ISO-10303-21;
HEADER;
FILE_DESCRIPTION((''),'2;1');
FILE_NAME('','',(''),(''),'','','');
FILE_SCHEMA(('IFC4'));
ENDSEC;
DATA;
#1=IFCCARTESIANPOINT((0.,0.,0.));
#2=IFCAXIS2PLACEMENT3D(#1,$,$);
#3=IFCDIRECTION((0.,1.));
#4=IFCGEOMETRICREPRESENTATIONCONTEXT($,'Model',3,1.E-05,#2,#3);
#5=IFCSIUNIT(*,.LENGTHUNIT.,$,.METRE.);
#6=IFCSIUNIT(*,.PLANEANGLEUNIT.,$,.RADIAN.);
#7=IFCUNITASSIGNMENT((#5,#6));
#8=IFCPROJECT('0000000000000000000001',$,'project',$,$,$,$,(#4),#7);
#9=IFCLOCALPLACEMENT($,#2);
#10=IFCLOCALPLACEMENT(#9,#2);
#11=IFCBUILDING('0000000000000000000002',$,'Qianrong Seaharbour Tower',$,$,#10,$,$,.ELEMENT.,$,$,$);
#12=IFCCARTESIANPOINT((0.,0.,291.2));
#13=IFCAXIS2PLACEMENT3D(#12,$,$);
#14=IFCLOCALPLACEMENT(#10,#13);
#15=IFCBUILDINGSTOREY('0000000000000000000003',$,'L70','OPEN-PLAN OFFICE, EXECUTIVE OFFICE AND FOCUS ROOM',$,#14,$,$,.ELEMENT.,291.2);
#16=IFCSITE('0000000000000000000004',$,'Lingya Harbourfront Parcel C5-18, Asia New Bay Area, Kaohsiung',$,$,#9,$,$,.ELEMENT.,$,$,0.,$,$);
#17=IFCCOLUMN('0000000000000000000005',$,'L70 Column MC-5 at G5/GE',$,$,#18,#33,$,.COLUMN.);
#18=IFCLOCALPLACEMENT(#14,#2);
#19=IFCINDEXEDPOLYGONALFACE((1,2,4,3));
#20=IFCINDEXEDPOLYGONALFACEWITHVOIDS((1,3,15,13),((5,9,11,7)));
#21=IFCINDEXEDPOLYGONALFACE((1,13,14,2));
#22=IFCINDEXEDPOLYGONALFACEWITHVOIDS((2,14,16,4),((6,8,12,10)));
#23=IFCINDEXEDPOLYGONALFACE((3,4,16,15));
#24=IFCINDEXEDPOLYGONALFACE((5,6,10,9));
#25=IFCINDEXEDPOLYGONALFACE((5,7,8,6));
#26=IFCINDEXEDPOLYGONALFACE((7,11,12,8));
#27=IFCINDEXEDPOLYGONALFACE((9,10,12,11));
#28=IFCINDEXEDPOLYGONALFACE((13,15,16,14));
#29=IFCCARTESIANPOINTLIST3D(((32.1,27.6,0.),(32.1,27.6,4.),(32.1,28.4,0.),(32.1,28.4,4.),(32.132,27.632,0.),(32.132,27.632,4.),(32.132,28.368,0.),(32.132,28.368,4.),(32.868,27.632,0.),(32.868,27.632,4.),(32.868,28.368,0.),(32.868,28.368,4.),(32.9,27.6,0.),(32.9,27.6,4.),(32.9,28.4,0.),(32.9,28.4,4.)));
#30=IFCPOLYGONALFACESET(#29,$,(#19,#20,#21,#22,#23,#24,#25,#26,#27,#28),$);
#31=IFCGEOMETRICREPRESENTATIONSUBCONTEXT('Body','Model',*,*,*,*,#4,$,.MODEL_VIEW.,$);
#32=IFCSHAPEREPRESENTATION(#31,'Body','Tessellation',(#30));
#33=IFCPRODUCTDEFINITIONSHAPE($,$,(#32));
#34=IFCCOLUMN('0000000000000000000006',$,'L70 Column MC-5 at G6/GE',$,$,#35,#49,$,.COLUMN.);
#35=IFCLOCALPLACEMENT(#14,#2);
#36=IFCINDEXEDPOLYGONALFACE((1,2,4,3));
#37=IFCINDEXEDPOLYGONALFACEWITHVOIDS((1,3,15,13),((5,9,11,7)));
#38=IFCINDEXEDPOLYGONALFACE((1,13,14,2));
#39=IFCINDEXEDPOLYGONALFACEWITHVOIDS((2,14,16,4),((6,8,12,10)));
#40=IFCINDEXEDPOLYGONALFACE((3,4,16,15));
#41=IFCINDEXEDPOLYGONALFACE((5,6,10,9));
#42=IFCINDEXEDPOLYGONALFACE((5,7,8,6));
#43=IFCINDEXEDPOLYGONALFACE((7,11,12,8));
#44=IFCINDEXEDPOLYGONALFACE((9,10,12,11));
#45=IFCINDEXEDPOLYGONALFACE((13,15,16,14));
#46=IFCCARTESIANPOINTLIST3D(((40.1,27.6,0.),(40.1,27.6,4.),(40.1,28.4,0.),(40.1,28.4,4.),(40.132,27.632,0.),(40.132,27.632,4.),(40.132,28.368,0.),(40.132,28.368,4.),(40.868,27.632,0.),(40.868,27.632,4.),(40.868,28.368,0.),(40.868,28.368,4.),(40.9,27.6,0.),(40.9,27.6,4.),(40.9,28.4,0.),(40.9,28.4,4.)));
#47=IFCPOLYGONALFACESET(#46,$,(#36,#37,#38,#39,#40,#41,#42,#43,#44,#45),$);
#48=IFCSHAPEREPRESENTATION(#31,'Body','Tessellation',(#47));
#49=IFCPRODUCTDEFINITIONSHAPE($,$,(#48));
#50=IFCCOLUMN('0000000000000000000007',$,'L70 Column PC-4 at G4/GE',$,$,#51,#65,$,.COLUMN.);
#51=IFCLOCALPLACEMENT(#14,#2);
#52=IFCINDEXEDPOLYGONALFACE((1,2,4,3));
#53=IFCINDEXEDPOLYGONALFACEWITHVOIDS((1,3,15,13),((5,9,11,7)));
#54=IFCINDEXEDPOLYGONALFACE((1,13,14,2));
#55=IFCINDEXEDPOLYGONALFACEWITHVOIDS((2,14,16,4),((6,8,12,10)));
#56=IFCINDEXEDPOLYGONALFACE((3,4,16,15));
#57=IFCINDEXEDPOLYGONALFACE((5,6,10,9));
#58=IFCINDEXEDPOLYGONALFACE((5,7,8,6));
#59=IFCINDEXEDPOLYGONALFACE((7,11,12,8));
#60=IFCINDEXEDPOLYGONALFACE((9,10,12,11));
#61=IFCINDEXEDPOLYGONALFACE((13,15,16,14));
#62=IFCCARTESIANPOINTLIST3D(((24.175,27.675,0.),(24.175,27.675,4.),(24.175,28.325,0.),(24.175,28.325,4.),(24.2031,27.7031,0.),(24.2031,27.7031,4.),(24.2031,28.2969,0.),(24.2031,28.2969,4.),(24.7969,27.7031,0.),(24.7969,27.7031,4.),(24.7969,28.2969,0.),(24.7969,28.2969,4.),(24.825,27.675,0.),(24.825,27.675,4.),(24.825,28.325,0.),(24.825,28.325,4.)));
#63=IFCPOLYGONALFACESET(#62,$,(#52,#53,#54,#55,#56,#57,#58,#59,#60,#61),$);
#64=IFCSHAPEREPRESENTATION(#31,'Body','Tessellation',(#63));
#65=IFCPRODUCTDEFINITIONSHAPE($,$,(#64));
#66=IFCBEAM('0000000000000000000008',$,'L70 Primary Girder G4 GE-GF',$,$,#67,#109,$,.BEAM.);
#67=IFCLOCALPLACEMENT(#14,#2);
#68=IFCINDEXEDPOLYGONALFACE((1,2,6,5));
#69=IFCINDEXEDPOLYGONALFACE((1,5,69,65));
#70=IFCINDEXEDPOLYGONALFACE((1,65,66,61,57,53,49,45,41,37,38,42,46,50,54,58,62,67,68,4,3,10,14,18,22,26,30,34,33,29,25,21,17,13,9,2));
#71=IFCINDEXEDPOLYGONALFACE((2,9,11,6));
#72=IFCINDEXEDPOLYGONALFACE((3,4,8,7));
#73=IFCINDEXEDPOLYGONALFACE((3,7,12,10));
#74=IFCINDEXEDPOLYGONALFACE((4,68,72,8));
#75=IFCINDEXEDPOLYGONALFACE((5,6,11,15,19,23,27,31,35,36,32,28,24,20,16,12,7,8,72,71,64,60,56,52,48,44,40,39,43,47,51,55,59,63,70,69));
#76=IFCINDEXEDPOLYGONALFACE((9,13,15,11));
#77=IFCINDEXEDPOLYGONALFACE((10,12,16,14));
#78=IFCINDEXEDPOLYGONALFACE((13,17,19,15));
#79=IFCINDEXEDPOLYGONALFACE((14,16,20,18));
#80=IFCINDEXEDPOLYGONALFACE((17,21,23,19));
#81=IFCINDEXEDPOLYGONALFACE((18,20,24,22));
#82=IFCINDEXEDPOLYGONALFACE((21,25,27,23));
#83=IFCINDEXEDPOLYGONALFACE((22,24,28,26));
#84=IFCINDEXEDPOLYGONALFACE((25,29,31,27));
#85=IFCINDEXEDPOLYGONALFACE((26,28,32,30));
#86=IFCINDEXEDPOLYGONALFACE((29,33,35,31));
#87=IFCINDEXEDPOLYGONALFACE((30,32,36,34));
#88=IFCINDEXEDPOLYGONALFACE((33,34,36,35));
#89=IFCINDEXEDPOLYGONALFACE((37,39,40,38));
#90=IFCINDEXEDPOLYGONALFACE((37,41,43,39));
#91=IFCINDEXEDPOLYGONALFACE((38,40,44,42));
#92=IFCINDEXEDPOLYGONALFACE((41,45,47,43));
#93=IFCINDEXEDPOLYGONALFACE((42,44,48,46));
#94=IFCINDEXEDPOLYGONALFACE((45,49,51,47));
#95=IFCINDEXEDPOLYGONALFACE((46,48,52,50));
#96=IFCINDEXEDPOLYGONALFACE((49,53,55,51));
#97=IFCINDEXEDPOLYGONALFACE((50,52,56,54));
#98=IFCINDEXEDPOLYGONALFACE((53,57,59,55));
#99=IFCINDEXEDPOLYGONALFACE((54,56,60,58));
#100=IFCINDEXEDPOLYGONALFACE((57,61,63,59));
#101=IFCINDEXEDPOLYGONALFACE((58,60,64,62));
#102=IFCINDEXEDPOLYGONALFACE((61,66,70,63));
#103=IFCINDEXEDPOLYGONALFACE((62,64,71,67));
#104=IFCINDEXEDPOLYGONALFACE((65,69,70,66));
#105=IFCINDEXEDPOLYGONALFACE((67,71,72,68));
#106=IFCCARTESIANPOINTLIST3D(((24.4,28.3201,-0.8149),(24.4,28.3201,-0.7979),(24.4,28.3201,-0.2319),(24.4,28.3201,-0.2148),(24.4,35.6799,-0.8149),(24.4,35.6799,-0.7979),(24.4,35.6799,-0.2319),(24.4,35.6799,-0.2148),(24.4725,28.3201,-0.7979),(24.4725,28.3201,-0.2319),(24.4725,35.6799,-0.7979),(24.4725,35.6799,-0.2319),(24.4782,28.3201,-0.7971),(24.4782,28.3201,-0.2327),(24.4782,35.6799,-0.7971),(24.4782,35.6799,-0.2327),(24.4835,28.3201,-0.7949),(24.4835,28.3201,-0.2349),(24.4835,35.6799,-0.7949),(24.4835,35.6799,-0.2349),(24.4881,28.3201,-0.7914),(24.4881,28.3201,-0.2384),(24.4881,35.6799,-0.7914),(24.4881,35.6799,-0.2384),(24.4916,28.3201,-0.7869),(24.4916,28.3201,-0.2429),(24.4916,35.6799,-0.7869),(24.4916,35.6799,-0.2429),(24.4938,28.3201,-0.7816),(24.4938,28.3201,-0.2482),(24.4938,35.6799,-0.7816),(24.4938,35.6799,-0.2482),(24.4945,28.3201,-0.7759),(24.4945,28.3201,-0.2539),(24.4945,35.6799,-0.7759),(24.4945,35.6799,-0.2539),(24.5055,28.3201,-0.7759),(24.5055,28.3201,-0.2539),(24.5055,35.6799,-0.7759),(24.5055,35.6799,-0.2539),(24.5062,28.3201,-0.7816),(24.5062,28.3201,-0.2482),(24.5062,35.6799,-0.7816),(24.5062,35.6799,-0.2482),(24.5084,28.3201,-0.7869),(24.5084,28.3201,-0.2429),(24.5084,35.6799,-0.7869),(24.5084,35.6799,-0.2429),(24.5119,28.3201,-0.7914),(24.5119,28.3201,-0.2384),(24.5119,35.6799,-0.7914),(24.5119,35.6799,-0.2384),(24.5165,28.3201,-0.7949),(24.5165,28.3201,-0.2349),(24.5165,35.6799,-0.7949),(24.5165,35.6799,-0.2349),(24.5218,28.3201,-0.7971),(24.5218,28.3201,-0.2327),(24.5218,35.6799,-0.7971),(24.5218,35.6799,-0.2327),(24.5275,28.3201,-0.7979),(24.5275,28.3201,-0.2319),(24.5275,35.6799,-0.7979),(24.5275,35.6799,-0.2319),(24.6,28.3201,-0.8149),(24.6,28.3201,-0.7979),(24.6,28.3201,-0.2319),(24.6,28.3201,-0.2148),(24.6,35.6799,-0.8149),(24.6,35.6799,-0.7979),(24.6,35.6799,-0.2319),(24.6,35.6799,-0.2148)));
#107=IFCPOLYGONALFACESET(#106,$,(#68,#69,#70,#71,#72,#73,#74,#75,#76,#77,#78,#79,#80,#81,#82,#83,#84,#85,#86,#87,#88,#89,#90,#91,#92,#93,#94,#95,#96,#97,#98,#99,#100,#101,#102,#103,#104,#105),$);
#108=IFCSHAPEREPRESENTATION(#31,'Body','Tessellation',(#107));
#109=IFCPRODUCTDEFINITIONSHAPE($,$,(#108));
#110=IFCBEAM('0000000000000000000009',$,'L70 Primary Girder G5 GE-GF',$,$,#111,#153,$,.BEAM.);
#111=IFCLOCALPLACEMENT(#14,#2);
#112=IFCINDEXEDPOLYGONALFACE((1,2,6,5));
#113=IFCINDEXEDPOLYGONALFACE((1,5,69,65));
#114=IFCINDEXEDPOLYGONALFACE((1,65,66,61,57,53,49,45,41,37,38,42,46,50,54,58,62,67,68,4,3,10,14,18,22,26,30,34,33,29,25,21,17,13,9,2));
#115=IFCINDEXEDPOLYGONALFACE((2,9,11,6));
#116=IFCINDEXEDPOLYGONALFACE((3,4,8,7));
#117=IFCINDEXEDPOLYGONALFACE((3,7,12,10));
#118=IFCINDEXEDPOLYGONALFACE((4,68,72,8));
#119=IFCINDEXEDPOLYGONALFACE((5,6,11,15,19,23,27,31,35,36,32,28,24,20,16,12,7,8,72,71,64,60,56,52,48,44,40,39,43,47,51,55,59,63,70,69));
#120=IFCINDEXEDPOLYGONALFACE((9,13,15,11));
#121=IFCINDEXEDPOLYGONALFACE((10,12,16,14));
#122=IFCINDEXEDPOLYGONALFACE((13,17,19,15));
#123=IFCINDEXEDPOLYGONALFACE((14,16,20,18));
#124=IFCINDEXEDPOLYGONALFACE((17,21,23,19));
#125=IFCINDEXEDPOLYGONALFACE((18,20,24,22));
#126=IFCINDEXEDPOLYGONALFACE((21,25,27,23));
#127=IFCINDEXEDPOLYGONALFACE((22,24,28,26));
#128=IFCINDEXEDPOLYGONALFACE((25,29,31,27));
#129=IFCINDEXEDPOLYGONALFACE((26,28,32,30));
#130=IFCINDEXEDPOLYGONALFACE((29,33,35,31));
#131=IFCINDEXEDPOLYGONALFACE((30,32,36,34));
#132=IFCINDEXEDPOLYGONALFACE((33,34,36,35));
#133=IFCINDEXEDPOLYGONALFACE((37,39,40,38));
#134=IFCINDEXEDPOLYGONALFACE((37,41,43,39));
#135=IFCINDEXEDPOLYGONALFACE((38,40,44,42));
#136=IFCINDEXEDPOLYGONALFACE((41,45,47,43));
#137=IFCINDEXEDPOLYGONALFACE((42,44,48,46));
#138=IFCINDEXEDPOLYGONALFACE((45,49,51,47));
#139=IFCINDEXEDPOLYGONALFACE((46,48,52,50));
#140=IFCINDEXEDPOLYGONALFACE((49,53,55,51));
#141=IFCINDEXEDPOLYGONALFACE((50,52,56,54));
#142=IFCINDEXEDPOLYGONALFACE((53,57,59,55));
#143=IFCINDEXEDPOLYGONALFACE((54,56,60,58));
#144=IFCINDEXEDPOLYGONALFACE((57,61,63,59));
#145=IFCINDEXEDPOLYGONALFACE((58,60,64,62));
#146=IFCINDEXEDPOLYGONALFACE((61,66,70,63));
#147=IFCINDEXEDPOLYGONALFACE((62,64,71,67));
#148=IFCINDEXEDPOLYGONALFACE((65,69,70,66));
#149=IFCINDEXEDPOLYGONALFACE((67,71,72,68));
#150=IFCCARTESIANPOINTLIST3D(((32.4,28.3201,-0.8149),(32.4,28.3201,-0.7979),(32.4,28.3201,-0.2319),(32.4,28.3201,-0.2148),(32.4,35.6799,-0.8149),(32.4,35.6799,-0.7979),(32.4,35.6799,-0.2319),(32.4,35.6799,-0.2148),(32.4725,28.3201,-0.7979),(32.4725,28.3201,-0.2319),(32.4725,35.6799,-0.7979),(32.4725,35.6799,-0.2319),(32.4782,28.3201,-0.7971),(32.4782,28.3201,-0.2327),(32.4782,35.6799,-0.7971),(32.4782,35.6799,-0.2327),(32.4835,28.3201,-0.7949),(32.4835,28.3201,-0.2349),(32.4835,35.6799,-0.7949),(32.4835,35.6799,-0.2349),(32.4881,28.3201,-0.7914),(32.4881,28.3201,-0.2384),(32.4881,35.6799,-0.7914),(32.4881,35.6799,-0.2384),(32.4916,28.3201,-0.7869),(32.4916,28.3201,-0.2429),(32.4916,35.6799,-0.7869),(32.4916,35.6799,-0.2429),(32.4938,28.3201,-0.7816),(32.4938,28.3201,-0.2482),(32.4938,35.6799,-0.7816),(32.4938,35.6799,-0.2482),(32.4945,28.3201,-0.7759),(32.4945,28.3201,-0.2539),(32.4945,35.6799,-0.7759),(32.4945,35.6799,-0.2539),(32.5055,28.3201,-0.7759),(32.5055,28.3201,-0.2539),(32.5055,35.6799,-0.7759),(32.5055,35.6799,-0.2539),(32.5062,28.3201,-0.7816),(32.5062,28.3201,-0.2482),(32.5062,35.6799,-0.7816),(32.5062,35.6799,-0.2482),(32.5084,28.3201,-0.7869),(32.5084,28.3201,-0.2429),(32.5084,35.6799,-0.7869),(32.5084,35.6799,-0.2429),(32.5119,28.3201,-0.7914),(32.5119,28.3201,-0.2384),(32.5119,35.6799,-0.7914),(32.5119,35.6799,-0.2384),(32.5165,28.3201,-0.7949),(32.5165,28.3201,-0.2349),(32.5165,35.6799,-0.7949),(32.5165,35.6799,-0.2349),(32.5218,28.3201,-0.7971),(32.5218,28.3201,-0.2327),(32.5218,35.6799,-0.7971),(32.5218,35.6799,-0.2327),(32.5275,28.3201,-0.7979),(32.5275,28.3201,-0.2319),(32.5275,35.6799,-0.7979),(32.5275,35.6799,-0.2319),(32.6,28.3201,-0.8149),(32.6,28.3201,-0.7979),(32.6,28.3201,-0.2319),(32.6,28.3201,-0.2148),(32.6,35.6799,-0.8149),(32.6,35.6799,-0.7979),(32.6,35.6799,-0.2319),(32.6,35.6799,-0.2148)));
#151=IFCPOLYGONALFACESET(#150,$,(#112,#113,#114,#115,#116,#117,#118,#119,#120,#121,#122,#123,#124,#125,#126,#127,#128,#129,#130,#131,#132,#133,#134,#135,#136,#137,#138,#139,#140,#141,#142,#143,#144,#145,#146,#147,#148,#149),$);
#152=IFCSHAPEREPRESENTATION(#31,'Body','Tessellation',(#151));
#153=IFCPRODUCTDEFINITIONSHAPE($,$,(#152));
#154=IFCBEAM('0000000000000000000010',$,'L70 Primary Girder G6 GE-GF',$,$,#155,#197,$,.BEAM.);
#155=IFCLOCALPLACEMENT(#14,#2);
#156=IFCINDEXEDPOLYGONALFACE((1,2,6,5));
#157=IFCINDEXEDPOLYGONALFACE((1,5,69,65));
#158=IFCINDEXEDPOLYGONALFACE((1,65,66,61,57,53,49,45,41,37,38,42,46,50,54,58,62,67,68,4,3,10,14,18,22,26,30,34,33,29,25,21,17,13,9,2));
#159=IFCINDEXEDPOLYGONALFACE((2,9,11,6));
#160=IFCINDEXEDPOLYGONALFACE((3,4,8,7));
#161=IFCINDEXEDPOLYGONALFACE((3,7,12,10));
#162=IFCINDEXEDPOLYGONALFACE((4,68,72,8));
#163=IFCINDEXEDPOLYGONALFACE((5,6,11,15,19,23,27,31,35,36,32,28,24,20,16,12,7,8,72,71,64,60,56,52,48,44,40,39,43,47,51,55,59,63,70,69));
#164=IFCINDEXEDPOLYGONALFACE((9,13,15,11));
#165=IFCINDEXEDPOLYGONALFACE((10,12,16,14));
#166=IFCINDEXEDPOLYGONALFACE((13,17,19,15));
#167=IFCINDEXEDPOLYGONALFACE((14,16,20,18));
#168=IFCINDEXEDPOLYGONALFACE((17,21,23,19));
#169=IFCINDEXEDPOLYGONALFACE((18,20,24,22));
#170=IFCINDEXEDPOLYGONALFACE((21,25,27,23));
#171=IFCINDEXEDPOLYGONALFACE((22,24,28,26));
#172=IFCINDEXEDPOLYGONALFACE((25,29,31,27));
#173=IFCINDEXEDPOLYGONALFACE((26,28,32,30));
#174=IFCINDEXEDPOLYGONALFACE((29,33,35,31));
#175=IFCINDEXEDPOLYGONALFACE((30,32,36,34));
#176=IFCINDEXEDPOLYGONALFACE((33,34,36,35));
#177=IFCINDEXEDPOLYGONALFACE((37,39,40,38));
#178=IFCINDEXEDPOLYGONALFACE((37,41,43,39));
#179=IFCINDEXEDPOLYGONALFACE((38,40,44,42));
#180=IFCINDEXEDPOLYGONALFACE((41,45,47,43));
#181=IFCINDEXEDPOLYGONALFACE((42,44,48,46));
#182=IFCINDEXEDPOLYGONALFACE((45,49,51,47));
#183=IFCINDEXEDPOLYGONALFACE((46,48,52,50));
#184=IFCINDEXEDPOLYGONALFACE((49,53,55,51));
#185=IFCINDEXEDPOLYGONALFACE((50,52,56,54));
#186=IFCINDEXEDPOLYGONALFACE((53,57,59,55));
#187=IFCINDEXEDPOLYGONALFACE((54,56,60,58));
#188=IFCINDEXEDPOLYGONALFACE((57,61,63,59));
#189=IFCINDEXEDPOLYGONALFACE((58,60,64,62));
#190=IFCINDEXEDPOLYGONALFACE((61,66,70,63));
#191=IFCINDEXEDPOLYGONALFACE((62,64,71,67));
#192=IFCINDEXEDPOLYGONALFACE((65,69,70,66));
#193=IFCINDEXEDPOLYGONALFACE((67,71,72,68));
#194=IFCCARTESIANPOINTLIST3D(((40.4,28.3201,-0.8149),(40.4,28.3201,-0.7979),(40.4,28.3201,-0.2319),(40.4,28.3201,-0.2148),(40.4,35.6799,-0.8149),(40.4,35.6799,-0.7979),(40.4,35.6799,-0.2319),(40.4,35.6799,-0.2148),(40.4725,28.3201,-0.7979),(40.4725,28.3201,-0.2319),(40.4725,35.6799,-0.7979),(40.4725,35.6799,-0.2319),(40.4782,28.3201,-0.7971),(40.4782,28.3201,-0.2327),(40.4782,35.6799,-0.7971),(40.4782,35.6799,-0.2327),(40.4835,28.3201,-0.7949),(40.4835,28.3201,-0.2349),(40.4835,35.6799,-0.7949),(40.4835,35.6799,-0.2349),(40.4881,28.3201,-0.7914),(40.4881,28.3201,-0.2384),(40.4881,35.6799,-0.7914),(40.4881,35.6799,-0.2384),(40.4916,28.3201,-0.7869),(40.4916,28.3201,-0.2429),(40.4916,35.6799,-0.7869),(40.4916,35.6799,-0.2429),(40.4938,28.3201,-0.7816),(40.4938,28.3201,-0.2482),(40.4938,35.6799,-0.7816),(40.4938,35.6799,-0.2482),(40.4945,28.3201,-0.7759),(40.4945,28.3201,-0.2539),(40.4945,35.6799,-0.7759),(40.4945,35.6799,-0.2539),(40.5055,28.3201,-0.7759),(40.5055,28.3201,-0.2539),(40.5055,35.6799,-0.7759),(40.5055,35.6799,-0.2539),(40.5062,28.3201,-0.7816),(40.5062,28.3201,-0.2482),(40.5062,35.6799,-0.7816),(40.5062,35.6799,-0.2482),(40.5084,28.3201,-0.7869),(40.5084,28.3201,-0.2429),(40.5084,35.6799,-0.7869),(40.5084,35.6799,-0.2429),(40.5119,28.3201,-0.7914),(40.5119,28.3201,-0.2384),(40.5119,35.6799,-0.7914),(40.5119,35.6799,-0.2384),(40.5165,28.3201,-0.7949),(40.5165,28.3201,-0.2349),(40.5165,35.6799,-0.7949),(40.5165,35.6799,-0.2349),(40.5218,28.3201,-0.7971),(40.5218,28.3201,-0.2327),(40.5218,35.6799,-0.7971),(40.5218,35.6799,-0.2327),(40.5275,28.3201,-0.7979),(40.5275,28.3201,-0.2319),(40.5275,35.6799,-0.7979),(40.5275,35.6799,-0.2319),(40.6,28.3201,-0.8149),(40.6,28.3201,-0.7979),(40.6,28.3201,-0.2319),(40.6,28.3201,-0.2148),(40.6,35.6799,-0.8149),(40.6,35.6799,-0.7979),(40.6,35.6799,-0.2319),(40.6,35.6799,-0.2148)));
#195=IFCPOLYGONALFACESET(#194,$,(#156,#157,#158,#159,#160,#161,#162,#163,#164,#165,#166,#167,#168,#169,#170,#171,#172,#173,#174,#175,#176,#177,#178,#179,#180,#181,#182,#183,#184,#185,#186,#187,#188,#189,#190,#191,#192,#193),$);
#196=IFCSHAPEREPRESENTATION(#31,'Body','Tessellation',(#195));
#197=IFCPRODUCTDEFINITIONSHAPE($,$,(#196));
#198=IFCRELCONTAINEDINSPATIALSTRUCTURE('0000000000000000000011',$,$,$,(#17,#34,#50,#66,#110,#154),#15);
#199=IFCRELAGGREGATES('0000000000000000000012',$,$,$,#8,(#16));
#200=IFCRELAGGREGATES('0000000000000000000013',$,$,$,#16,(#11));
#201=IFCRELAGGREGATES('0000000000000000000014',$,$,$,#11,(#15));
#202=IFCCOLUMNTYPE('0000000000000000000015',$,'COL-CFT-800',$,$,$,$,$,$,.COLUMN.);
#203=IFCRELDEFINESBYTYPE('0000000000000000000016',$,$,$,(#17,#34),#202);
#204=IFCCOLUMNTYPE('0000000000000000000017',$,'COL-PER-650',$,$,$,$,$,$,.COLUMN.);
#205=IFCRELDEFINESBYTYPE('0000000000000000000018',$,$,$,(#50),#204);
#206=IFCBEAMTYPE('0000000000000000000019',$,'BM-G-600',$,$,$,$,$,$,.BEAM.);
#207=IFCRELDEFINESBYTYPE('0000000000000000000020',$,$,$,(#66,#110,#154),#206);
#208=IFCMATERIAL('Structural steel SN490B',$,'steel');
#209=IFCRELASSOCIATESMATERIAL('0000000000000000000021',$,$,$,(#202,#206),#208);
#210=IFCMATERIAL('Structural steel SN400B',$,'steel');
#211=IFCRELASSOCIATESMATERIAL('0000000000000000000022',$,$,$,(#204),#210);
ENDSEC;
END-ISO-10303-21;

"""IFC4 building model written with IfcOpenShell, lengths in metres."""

from ifc_helpers import new_model, si_unit, direction, frame, origin, origin_2d, place, context, subcontext, project, spatial, hollow_rectangle, i_section, extrude, material, material_profile, profile_set, type_object, element, save


model = new_model("IFC4")

# Units and contexts
model_context = context("Model", 3, precision=1e-05, world=origin(), true_north=direction((0.0, 1.0)))
body_context = subcontext(model_context, "Body", "Model", "MODEL_VIEW")
ifc_project = project(units=[si_unit("LENGTHUNIT", "METRE"), si_unit("PLANEANGLEUNIT", "RADIAN")], contexts=[model_context])

# Site, building, storey
site_placement = place(None, origin())
site = spatial("IfcSite", under=ifc_project, at=site_placement, Name="Lingya Harbourfront Parcel C5-18, Asia New Bay Area, Kaohsiung", CompositionType="ELEMENT", RefElevation=0.0)
building_placement = place(site_placement, origin())
building = spatial("IfcBuilding", under=site, at=building_placement, Name="Qianrong Seaharbour Tower", CompositionType="ELEMENT")
storey_placement = place(building_placement, frame((0.0, 0.0, 291.2)))
storey = spatial("IfcBuildingStorey", under=building, at=storey_placement, Name="L70", Description="OPEN-PLAN OFFICE, EXECUTIVE OFFICE AND FOCUS ROOM", CompositionType="ELEMENT", Elevation=291.2)

# Columns
ifc_material_1 = material(Name="Structural steel SN490B", Category="steel")
ifc_material_profile_1 = material_profile(ifc_material_1, hollow_rectangle(XDim=0.8, YDim=0.8, WallThickness=0.032, at=origin_2d()), Name="BOX800x800x32")
ifc_profile_set_1 = profile_set([ifc_material_profile_1], Name="Structural steel SN490B")
column_type_1 = type_object("IfcColumnType", Name="COL-CFT-800", PredefinedType="COLUMN", material=ifc_profile_set_1)
for number, where, z_axis, x_axis, name in (
    (1, (32.5, 28.0, 0.0), (0.0, 0.0, 1.0), (1.0, 0.0, 0.0), "L70 Column MC-5 at G5/GE"),
    (2, (40.5, 28.0, 0.0), (0.0, 0.0, 1.0), (1.0, 0.0, 0.0), "L70 Column MC-5 at G6/GE"),
):
    element("IfcColumn", number, at=place(storey_placement, frame(where, z_axis=z_axis, x_axis=x_axis)), inside=storey, type_object=column_type_1, Name=name, PredefinedType="COLUMN", context=body_context, shape_type="SweptSolid", body=[
        extrude(hollow_rectangle(XDim=0.8, YDim=0.8, WallThickness=0.032, at=origin_2d()), origin(), (0.0, 0.0, 1.0), 4.0),
    ])
ifc_material_2 = material(Name="Structural steel SN400B", Category="steel")
ifc_material_profile_2 = material_profile(ifc_material_2, hollow_rectangle(XDim=0.6499, YDim=0.6499, WallThickness=0.0281, at=origin_2d()), Name="BOX650x650x28")
ifc_profile_set_2 = profile_set([ifc_material_profile_2], Name="Structural steel SN400B")
column_type_2 = type_object("IfcColumnType", Name="COL-PER-650", PredefinedType="COLUMN", material=ifc_profile_set_2)
column_placement = place(storey_placement, frame((24.5, 28.0, 0.0), z_axis=(0.0, 0.0, 1.0), x_axis=(1.0, 0.0, 0.0)))
element("IfcColumn", 3, at=column_placement, inside=storey, type_object=column_type_2, Name="L70 Column PC-4 at G4/GE", PredefinedType="COLUMN", context=body_context, shape_type="SweptSolid", body=[
    extrude(hollow_rectangle(XDim=0.6499, YDim=0.6499, WallThickness=0.0281, at=origin_2d()), origin(), (0.0, 0.0, 1.0), 4.0),
])

# Beams
ifc_material_profile_3 = material_profile(ifc_material_1, i_section(OverallWidth=0.2, OverallDepth=0.6001, WebThickness=0.011, FlangeThickness=0.0171, FilletRadius=0.022, at=origin_2d()), Name="H600x200x11x17")
ifc_profile_set_3 = profile_set([ifc_material_profile_3], Name="Structural steel SN490B")
beam_type_1 = type_object("IfcBeamType", Name="BM-G-600", PredefinedType="BEAM", material=ifc_profile_set_3)
for number, where, z_axis, x_axis, name in (
    (4, (24.5, 28.3201, -0.5149), (0.0, 1.0, 0.0), (-1.0, 0.0, 0.0), "L70 Primary Girder G4 GE-GF"),
    (5, (32.5, 28.3201, -0.5149), (0.0, 1.0, 0.0), (-1.0, 0.0, 0.0), "L70 Primary Girder G5 GE-GF"),
    (6, (40.5, 28.3201, -0.5149), (0.0, 1.0, 0.0), (-1.0, 0.0, 0.0), "L70 Primary Girder G6 GE-GF"),
):
    element("IfcBeam", number, at=place(storey_placement, frame(where, z_axis=z_axis, x_axis=x_axis)), inside=storey, type_object=beam_type_1, Name=name, PredefinedType="BEAM", context=body_context, shape_type="SweptSolid", body=[
        extrude(i_section(OverallWidth=0.2, OverallDepth=0.6001, WebThickness=0.011, FlangeThickness=0.0171, FilletRadius=0.022, at=origin_2d()), origin(), (0.0, 0.0, 1.0), 7.3599),
    ])

save(model, "model.ifc")
